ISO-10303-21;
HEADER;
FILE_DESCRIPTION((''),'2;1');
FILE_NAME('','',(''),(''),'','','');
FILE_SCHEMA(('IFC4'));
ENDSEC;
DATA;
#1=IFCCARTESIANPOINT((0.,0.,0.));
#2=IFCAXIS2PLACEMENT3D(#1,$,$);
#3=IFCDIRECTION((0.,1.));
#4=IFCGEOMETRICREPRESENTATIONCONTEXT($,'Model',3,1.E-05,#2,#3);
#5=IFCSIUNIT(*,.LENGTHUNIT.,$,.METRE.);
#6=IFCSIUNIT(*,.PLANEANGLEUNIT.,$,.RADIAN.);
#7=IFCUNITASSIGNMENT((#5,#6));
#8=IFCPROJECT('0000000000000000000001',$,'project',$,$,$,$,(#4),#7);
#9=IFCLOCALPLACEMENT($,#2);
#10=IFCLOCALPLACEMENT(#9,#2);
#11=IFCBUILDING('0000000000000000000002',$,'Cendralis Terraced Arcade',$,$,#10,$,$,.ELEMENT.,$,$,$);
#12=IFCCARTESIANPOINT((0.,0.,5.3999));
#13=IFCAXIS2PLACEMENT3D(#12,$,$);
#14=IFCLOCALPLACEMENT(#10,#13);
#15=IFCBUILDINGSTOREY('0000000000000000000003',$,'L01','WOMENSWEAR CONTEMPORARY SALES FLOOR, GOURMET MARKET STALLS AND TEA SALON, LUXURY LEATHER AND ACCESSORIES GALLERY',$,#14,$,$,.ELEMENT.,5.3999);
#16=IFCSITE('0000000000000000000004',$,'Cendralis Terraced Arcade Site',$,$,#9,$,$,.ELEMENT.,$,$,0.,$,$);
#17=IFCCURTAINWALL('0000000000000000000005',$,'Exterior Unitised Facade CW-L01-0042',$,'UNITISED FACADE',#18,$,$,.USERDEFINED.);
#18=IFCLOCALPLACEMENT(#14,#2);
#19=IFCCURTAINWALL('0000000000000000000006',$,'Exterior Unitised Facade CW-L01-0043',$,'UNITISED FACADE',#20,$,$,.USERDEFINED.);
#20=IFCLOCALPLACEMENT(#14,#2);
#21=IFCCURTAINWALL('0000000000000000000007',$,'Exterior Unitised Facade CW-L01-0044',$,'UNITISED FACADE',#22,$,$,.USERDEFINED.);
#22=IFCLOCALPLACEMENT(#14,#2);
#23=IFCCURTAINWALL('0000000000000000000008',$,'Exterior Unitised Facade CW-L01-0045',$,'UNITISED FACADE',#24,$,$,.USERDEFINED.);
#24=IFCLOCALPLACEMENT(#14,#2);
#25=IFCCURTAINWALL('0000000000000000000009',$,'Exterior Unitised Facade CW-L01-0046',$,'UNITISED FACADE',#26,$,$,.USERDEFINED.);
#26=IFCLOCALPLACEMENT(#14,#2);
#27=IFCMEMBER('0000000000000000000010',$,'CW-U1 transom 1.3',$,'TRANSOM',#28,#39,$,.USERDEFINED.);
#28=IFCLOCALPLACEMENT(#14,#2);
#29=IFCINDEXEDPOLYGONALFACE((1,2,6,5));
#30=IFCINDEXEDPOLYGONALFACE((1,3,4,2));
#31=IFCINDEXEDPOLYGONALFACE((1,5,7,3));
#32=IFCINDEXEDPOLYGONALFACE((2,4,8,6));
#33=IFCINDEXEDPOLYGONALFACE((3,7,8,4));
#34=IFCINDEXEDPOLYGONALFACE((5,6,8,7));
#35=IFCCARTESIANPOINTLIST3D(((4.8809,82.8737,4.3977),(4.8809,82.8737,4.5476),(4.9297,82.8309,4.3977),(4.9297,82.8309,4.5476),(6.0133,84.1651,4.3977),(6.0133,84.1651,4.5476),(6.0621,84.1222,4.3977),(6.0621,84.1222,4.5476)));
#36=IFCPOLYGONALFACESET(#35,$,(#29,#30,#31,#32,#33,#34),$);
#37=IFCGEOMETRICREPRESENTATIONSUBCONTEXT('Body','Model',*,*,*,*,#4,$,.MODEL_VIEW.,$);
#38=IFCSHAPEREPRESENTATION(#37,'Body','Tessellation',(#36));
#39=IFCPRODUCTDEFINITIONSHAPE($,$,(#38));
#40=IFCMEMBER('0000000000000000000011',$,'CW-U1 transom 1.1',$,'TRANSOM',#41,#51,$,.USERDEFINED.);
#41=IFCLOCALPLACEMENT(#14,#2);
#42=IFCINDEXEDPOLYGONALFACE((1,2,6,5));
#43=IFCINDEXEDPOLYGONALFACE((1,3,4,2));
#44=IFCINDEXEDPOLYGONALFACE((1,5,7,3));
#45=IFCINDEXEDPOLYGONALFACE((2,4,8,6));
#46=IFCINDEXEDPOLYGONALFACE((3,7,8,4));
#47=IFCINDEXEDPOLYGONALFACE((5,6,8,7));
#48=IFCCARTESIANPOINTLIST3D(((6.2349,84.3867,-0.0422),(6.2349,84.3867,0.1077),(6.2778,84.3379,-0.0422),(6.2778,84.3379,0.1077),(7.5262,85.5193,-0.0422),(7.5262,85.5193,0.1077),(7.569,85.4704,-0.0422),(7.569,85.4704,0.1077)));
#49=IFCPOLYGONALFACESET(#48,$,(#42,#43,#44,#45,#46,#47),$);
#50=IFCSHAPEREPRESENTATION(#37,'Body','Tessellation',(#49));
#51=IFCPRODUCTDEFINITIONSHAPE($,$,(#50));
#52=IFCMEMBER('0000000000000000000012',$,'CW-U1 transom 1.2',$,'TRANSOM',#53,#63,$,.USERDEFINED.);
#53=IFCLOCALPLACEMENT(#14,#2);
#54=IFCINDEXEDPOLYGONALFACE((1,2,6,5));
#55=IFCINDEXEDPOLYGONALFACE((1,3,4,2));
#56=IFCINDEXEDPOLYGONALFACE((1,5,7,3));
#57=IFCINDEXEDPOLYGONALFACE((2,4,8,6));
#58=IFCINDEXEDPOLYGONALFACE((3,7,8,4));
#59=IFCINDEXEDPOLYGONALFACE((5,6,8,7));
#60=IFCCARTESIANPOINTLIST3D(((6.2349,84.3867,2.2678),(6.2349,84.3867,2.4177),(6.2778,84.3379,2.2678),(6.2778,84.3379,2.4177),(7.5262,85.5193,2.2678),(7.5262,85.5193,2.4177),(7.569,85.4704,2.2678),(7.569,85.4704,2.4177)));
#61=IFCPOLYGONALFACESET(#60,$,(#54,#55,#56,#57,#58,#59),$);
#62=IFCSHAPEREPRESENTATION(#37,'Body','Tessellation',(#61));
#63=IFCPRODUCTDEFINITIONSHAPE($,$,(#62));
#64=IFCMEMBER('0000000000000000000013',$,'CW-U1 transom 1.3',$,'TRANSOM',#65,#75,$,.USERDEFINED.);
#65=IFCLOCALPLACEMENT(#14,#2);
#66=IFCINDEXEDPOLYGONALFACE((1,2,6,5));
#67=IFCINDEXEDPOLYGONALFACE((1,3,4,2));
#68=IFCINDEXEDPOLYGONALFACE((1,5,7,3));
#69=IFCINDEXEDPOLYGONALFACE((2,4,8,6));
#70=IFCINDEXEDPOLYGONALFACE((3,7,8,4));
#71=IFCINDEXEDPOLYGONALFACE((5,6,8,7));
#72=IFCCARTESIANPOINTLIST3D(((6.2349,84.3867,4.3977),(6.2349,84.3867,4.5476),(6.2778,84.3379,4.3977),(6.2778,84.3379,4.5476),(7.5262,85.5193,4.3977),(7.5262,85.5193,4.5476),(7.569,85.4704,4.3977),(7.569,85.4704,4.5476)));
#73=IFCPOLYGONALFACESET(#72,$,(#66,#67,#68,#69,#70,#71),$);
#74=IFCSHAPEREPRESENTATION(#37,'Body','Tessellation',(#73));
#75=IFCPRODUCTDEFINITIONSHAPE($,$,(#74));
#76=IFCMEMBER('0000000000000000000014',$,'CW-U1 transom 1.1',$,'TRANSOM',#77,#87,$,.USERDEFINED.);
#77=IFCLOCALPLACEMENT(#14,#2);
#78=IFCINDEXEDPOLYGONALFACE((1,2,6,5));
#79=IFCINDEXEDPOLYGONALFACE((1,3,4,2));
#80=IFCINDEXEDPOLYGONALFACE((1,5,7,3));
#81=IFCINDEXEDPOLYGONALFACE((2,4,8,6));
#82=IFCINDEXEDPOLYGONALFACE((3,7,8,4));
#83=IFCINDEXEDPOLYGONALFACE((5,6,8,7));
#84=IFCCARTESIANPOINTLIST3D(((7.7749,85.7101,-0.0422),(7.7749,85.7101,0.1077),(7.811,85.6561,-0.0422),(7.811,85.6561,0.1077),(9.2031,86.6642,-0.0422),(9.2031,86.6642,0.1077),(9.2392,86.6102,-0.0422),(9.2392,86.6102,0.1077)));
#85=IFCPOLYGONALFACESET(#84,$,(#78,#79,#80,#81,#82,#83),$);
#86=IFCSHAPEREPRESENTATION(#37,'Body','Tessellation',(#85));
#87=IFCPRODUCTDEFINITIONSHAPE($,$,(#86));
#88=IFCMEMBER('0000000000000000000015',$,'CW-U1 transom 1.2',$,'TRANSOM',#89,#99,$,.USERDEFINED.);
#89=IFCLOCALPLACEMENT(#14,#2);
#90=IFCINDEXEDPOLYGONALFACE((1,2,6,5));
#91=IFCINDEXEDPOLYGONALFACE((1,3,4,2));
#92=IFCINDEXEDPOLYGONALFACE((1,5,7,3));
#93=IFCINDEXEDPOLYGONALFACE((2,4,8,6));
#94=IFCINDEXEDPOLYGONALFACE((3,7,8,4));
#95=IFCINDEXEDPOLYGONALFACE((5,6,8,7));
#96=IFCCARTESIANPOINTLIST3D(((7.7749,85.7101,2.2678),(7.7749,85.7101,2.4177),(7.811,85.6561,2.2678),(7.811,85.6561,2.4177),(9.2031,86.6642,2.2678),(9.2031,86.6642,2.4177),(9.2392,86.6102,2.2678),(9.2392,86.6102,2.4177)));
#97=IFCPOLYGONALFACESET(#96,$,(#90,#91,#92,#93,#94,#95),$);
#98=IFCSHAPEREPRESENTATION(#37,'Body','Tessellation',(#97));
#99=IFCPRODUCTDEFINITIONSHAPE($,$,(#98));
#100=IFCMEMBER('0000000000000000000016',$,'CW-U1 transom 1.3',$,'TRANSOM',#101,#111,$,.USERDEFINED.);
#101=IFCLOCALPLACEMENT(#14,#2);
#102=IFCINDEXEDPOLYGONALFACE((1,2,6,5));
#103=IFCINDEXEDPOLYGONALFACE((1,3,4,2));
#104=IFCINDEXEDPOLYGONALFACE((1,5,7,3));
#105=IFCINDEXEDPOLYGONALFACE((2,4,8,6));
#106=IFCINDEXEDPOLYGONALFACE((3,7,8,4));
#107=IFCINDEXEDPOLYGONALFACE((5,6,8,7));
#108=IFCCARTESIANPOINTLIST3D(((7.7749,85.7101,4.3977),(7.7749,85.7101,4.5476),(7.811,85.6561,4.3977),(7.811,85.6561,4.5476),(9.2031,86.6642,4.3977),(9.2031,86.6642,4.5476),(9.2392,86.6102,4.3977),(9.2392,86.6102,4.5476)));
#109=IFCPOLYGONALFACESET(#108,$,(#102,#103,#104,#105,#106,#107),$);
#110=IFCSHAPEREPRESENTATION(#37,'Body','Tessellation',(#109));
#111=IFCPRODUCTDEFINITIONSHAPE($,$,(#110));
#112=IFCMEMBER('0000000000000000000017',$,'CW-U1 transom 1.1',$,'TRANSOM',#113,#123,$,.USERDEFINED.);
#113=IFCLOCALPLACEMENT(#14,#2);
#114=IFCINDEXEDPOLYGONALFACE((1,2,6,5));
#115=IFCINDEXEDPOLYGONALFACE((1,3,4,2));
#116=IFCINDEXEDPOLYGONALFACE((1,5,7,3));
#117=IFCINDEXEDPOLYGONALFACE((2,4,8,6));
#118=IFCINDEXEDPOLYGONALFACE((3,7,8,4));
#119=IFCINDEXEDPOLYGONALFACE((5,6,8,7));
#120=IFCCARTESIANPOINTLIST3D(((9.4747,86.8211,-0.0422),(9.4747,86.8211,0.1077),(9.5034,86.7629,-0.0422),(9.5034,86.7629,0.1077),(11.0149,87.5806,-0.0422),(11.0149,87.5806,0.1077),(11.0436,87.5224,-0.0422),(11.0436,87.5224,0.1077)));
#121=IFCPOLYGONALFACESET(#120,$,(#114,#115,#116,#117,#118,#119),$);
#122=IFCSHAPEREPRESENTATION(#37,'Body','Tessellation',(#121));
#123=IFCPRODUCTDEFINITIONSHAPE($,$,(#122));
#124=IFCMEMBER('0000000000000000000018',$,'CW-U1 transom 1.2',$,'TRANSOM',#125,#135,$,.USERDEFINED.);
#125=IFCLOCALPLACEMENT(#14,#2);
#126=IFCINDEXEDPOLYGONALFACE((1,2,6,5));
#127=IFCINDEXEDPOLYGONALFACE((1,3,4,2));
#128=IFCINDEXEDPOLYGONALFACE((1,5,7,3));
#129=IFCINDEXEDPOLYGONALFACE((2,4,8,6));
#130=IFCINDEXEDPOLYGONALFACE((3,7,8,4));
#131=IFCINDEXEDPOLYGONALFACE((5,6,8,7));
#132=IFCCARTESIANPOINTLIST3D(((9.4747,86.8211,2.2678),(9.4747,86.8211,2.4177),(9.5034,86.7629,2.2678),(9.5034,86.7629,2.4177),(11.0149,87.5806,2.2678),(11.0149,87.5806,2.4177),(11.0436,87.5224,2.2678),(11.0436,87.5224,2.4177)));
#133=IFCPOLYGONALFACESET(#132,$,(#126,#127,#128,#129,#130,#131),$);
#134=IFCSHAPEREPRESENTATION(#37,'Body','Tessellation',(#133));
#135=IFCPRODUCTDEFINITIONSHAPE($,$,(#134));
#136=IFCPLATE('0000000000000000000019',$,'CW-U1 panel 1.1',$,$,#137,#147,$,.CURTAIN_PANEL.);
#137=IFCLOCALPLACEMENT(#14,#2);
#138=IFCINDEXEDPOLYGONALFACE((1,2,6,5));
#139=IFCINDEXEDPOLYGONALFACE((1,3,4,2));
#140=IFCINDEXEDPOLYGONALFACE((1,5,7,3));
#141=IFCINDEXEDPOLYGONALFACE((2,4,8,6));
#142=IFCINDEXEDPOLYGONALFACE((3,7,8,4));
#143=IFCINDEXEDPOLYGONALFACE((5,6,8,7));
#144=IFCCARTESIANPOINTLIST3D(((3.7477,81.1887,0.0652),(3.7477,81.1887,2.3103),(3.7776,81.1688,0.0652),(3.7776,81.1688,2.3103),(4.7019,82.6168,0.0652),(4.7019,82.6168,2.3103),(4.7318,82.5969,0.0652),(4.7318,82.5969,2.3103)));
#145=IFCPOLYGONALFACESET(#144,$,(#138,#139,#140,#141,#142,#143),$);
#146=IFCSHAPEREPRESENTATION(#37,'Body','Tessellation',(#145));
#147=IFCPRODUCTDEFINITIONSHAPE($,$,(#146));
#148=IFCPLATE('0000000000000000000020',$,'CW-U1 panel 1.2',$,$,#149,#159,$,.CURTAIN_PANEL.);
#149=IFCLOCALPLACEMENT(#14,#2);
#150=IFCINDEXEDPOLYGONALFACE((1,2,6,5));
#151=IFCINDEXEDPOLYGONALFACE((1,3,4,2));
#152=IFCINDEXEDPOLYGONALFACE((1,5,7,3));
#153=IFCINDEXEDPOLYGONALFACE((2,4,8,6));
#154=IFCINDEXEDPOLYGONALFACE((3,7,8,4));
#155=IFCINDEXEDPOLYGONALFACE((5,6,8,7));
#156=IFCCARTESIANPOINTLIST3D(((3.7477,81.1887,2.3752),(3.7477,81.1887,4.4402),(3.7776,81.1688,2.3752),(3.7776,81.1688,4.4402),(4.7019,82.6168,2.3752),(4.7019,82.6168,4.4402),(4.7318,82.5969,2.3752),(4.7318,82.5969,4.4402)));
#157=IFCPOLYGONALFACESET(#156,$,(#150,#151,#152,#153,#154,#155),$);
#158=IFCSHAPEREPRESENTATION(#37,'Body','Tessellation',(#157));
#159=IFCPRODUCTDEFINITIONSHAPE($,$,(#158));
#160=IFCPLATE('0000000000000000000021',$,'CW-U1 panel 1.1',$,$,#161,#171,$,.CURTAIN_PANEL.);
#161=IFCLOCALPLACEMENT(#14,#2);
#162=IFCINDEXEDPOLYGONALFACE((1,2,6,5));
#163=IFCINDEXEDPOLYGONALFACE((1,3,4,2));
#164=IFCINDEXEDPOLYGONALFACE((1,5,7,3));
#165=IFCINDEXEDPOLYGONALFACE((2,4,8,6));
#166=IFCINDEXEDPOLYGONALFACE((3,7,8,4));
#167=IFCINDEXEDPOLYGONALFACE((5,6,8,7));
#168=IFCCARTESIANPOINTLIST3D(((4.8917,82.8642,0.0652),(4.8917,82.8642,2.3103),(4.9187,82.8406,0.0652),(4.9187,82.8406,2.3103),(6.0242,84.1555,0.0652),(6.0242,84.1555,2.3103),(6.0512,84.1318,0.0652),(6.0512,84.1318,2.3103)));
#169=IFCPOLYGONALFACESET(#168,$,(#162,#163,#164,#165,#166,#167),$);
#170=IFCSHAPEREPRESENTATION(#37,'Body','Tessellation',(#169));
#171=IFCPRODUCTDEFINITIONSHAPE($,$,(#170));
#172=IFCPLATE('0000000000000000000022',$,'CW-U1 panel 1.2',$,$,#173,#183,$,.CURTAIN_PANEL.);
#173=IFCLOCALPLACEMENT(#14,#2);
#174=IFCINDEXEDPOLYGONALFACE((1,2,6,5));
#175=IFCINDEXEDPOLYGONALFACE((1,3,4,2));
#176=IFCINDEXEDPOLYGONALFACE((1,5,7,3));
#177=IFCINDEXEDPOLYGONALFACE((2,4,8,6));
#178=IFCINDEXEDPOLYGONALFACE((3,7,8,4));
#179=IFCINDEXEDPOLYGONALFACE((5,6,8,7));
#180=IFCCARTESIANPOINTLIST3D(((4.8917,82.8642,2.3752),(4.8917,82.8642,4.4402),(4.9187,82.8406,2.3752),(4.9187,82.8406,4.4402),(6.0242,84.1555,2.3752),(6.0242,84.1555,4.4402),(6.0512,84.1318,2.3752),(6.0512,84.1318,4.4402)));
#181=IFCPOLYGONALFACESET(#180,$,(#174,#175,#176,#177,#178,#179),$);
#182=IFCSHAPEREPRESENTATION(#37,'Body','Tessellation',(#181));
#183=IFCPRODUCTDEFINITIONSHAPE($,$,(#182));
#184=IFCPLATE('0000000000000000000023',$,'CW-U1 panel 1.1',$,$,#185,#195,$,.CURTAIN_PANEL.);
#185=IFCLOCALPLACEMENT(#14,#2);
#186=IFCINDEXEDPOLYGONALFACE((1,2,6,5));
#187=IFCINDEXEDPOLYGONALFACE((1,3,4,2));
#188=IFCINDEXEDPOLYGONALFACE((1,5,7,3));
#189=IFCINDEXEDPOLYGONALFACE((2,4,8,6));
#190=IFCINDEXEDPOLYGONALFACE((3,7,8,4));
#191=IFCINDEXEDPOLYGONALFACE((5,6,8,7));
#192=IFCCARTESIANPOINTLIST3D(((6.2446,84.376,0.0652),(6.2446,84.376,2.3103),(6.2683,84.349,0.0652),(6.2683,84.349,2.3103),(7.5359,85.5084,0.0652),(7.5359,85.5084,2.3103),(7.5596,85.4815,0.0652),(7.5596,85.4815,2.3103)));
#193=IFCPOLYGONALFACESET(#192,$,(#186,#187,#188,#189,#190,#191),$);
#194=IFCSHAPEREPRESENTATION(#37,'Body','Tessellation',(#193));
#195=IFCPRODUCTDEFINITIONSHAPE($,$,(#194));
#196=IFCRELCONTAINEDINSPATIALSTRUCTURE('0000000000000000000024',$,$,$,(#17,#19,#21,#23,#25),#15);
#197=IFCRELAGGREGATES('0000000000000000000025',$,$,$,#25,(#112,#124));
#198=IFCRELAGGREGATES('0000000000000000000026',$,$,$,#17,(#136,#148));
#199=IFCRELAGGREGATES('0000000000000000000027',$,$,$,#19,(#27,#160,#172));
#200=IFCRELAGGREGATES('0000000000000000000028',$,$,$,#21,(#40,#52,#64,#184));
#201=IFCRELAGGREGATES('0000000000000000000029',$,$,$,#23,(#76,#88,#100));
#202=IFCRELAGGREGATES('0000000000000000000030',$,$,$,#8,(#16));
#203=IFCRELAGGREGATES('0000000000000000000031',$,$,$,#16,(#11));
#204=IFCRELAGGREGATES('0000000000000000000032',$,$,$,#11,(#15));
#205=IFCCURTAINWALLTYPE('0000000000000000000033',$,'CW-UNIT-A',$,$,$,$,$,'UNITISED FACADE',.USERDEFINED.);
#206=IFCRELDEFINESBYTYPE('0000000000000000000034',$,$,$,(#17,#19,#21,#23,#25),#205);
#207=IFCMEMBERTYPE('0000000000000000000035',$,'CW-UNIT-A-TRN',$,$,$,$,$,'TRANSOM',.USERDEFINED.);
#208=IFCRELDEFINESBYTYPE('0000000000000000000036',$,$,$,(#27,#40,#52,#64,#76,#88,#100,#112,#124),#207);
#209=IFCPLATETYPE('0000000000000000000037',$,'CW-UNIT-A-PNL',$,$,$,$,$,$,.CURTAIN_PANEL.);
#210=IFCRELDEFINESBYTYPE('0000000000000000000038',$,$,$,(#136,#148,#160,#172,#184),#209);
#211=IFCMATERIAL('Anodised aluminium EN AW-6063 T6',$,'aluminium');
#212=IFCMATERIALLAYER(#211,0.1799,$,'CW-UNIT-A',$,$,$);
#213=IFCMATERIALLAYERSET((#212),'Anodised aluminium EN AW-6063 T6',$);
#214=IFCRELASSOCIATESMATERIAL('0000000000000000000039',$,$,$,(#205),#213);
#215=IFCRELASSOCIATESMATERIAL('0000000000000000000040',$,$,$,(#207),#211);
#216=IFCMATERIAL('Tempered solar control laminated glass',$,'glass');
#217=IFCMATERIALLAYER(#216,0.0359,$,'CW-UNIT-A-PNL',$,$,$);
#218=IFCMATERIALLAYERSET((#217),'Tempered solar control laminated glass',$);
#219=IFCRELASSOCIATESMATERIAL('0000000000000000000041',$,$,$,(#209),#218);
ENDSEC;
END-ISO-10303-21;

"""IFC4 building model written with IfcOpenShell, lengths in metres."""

from ifc_helpers import new_model, si_unit, direction, frame, origin, origin_2d, place, context, subcontext, project, spatial, rectangle, extrude, material, layer, layer_set, material_profile, profile_set, type_object, element, aggregate, save


model = new_model("IFC4")

# Units and contexts
model_context = context("Model", 3, precision=1e-05, world=origin(), true_north=direction((0.0, 1.0)))
body_context = subcontext(model_context, "Body", "Model", "MODEL_VIEW")
ifc_project = project(units=[si_unit("LENGTHUNIT", "METRE"), si_unit("PLANEANGLEUNIT", "RADIAN")], contexts=[model_context])

# Site, building, storey
site_placement = place(None, origin())
site = spatial("IfcSite", under=ifc_project, at=site_placement, Name="Cendralis Terraced Arcade Site", CompositionType="ELEMENT", RefElevation=0.0)
building_placement = place(site_placement, origin())
building = spatial("IfcBuilding", under=site, at=building_placement, Name="Cendralis Terraced Arcade", CompositionType="ELEMENT")
storey_placement = place(building_placement, frame((0.0, 0.0, 5.3999)))
storey = spatial("IfcBuildingStorey", under=building, at=storey_placement, Name="L01", Description="WOMENSWEAR CONTEMPORARY SALES FLOOR, GOURMET MARKET STALLS AND TEA SALON, LUXURY LEATHER AND ACCESSORIES GALLERY", CompositionType="ELEMENT", Elevation=5.3999)

# Shared definitions
ifc_material_1 = material(Name="Anodised aluminium EN AW-6063 T6", Category="aluminium")
ifc_layer_1 = layer(ifc_material_1, 0.1799, Name="CW-UNIT-A")
ifc_layer_set_1 = layer_set([ifc_layer_1], Name="Anodised aluminium EN AW-6063 T6")
curtain_wall_type = type_object("IfcCurtainWallType", Name="CW-UNIT-A", ElementType="UNITISED FACADE", PredefinedType="USERDEFINED", material=ifc_layer_set_1)

# Curtain walls
curtain_wall_1_placement = place(storey_placement, origin())
curtain_wall_1 = element("IfcCurtainWall", 1, at=curtain_wall_1_placement, inside=storey, type_object=curtain_wall_type, Name="Exterior Unitised Facade CW-L01-0042", ObjectType="UNITISED FACADE", PredefinedType="USERDEFINED")
curtain_wall_2_placement = place(storey_placement, origin())
curtain_wall_2 = element("IfcCurtainWall", 2, at=curtain_wall_2_placement, inside=storey, type_object=curtain_wall_type, Name="Exterior Unitised Facade CW-L01-0043", ObjectType="UNITISED FACADE", PredefinedType="USERDEFINED")
curtain_wall_3_placement = place(storey_placement, origin())
curtain_wall_3 = element("IfcCurtainWall", 3, at=curtain_wall_3_placement, inside=storey, type_object=curtain_wall_type, Name="Exterior Unitised Facade CW-L01-0044", ObjectType="UNITISED FACADE", PredefinedType="USERDEFINED")
curtain_wall_4_placement = place(storey_placement, origin())
curtain_wall_4 = element("IfcCurtainWall", 4, at=curtain_wall_4_placement, inside=storey, type_object=curtain_wall_type, Name="Exterior Unitised Facade CW-L01-0045", ObjectType="UNITISED FACADE", PredefinedType="USERDEFINED")

# Curtain wall
curtain_wall_5_placement = place(storey_placement, origin())
curtain_wall_5 = element("IfcCurtainWall", 5, at=curtain_wall_5_placement, inside=storey, type_object=curtain_wall_type, Name="Exterior Unitised Facade CW-L01-0046", ObjectType="UNITISED FACADE", PredefinedType="USERDEFINED")

# Members
ifc_material_profile_1 = material_profile(ifc_material_1, rectangle(XDim=0.0649, YDim=0.1499, at=origin_2d()), Name="ALU-TRN-65x150")
ifc_profile_set_1 = profile_set([ifc_material_profile_1], Name="Anodised aluminium EN AW-6063 T6")
member_type_1 = type_object("IfcMemberType", Name="CW-UNIT-A-TRN", ElementType="TRANSOM", PredefinedType="USERDEFINED", material=ifc_profile_set_1)
member_1_placement = place(storey_placement, frame((4.9053, 82.8523, 4.4727), z_axis=(0.659319, 0.751863, 0.0), x_axis=(-0.751863, 0.659319, 0.0)))
member_1 = element("IfcMember", 6, at=member_1_placement, type_object=member_type_1, Name="CW-U1 transom 1.3", ObjectType="TRANSOM", PredefinedType="USERDEFINED", context=body_context, shape_type="SweptSolid", body=[
    extrude(rectangle(XDim=0.0649, YDim=0.1499, at=origin_2d()), origin(), (0.0, 0.0, 1.0), 1.7175),
])
member_2_placement = place(storey_placement, frame((6.2563, 84.3623, 0.0327), z_axis=(0.751792, 0.6594, 0.0), x_axis=(-0.6594, 0.751792, 0.0)))
member_2 = element("IfcMember", 7, at=member_2_placement, type_object=member_type_1, Name="CW-U1 transom 1.1", ObjectType="TRANSOM", PredefinedType="USERDEFINED", context=body_context, shape_type="SweptSolid", body=[
    extrude(rectangle(XDim=0.0649, YDim=0.1499, at=origin_2d()), origin(), (0.0, 0.0, 1.0), 1.7175),
])
member_3_placement = place(storey_placement, frame((6.2563, 84.3623, 2.3428), z_axis=(0.751792, 0.6594, 0.0), x_axis=(-0.6594, 0.751792, 0.0)))
member_3 = element("IfcMember", 8, at=member_3_placement, type_object=member_type_1, Name="CW-U1 transom 1.2", ObjectType="TRANSOM", PredefinedType="USERDEFINED", context=body_context, shape_type="SweptSolid", body=[
    extrude(rectangle(XDim=0.0649, YDim=0.1499, at=origin_2d()), origin(), (0.0, 0.0, 1.0), 1.7175),
])
member_4_placement = place(storey_placement, frame((6.2563, 84.3623, 4.4727), z_axis=(0.751792, 0.6594, 0.0), x_axis=(-0.6594, 0.751792, 0.0)))
member_4 = element("IfcMember", 9, at=member_4_placement, type_object=member_type_1, Name="CW-U1 transom 1.3", ObjectType="TRANSOM", PredefinedType="USERDEFINED", context=body_context, shape_type="SweptSolid", body=[
    extrude(rectangle(XDim=0.0649, YDim=0.1499, at=origin_2d()), origin(), (0.0, 0.0, 1.0), 1.7175),
])
member_5_placement = place(storey_placement, frame((7.793, 85.6831, 0.0327), z_axis=(0.831525, 0.555487, 0.0), x_axis=(-0.555487, 0.831525, 0.0)))
member_5 = element("IfcMember", 10, at=member_5_placement, type_object=member_type_1, Name="CW-U1 transom 1.1", ObjectType="TRANSOM", PredefinedType="USERDEFINED", context=body_context, shape_type="SweptSolid", body=[
    extrude(rectangle(XDim=0.0649, YDim=0.1499, at=origin_2d()), origin(), (0.0, 0.0, 1.0), 1.7175),
])
member_6_placement = place(storey_placement, frame((7.793, 85.6831, 2.3428), z_axis=(0.831525, 0.555487, 0.0), x_axis=(-0.555487, 0.831525, 0.0)))
member_6 = element("IfcMember", 11, at=member_6_placement, type_object=member_type_1, Name="CW-U1 transom 1.2", ObjectType="TRANSOM", PredefinedType="USERDEFINED", context=body_context, shape_type="SweptSolid", body=[
    extrude(rectangle(XDim=0.0649, YDim=0.1499, at=origin_2d()), origin(), (0.0, 0.0, 1.0), 1.7175),
])
member_7_placement = place(storey_placement, frame((7.793, 85.6831, 4.4727), z_axis=(0.831525, 0.555487, 0.0), x_axis=(-0.555487, 0.831525, 0.0)))
member_7 = element("IfcMember", 12, at=member_7_placement, type_object=member_type_1, Name="CW-U1 transom 1.3", ObjectType="TRANSOM", PredefinedType="USERDEFINED", context=body_context, shape_type="SweptSolid", body=[
    extrude(rectangle(XDim=0.0649, YDim=0.1499, at=origin_2d()), origin(), (0.0, 0.0, 1.0), 1.7175),
])
member_8_placement = place(storey_placement, frame((9.489, 86.792, 0.0327), z_axis=(0.896887, 0.44226, 0.0), x_axis=(-0.44226, 0.896887, 0.0)))
member_8 = element("IfcMember", 13, at=member_8_placement, type_object=member_type_1, Name="CW-U1 transom 1.1", ObjectType="TRANSOM", PredefinedType="USERDEFINED", context=body_context, shape_type="SweptSolid", body=[
    extrude(rectangle(XDim=0.0649, YDim=0.1499, at=origin_2d()), origin(), (0.0, 0.0, 1.0), 1.7173),
])
member_9_placement = place(storey_placement, frame((9.489, 86.792, 2.3428), z_axis=(0.896887, 0.44226, 0.0), x_axis=(-0.44226, 0.896887, 0.0)))
member_9 = element("IfcMember", 14, at=member_9_placement, type_object=member_type_1, Name="CW-U1 transom 1.2", ObjectType="TRANSOM", PredefinedType="USERDEFINED", context=body_context, shape_type="SweptSolid", body=[
    extrude(rectangle(XDim=0.0649, YDim=0.1499, at=origin_2d()), origin(), (0.0, 0.0, 1.0), 1.7173),
])
aggregate(curtain_wall_5, [member_8, member_9])

# Plates
ifc_material_2 = material(Name="Tempered solar control laminated glass", Category="glass")
ifc_layer_2 = layer(ifc_material_2, 0.0359, Name="CW-UNIT-A-PNL")
ifc_layer_set_2 = layer_set([ifc_layer_2], Name="Tempered solar control laminated glass")
plate_type = type_object("IfcPlateType", Name="CW-UNIT-A-PNL", PredefinedType="CURTAIN_PANEL", material=ifc_layer_set_2)
plate_1_placement = place(storey_placement, frame((4.2397, 81.8928, 0.0652), z_axis=(0.0, 0.0, 1.0), x_axis=(0.555549, 0.831484, 0.0)))
plate_1 = element("IfcPlate", 15, at=plate_1_placement, type_object=plate_type, Name="CW-U1 panel 1.1", PredefinedType="CURTAIN_PANEL", context=body_context, shape_type="SweptSolid", body=[
    extrude(rectangle(XDim=1.7175, YDim=0.0359, at=origin_2d()), origin(), (0.0, 0.0, 1.0), 2.2451),
])
plate_2_placement = place(storey_placement, frame((4.2397, 81.8928, 2.3752), z_axis=(0.0, 0.0, 1.0), x_axis=(0.555549, 0.831484, 0.0)))
plate_2 = element("IfcPlate", 16, at=plate_2_placement, type_object=plate_type, Name="CW-U1 panel 1.2", PredefinedType="CURTAIN_PANEL", context=body_context, shape_type="SweptSolid", body=[
    extrude(rectangle(XDim=1.7175, YDim=0.0359, at=origin_2d()), origin(), (0.0, 0.0, 1.0), 2.0649),
])
aggregate(curtain_wall_1, [plate_1, plate_2])
plate_3_placement = place(storey_placement, frame((5.4714, 83.498, 0.0652), z_axis=(0.0, 0.0, 1.0), x_axis=(0.65937, 0.751818, 0.0)))
plate_3 = element("IfcPlate", 17, at=plate_3_placement, type_object=plate_type, Name="CW-U1 panel 1.1", PredefinedType="CURTAIN_PANEL", context=body_context, shape_type="SweptSolid", body=[
    extrude(rectangle(XDim=1.7175, YDim=0.0359, at=origin_2d()), origin(), (0.0, 0.0, 1.0), 2.2451),
])
plate_4_placement = place(storey_placement, frame((5.4714, 83.498, 2.3752), z_axis=(0.0, 0.0, 1.0), x_axis=(0.65937, 0.751818, 0.0)))
plate_4 = element("IfcPlate", 18, at=plate_4_placement, type_object=plate_type, Name="CW-U1 panel 1.2", PredefinedType="CURTAIN_PANEL", context=body_context, shape_type="SweptSolid", body=[
    extrude(rectangle(XDim=1.7175, YDim=0.0359, at=origin_2d()), origin(), (0.0, 0.0, 1.0), 2.0649),
])
aggregate(curtain_wall_2, [member_1, plate_3, plate_4])
plate_5_placement = place(storey_placement, frame((6.9021, 84.9287, 0.0652), z_axis=(0.0, 0.0, 1.0), x_axis=(0.751818, 0.65937, 0.0)))
plate_5 = element("IfcPlate", 19, at=plate_5_placement, type_object=plate_type, Name="CW-U1 panel 1.1", PredefinedType="CURTAIN_PANEL", context=body_context, shape_type="SweptSolid", body=[
    extrude(rectangle(XDim=1.7175, YDim=0.0359, at=origin_2d()), origin(), (0.0, 0.0, 1.0), 2.2451),
])
aggregate(curtain_wall_3, [member_2, member_3, member_4, plate_5])
aggregate(curtain_wall_4, [member_5, member_6, member_7])

save(model, "model.ifc")
